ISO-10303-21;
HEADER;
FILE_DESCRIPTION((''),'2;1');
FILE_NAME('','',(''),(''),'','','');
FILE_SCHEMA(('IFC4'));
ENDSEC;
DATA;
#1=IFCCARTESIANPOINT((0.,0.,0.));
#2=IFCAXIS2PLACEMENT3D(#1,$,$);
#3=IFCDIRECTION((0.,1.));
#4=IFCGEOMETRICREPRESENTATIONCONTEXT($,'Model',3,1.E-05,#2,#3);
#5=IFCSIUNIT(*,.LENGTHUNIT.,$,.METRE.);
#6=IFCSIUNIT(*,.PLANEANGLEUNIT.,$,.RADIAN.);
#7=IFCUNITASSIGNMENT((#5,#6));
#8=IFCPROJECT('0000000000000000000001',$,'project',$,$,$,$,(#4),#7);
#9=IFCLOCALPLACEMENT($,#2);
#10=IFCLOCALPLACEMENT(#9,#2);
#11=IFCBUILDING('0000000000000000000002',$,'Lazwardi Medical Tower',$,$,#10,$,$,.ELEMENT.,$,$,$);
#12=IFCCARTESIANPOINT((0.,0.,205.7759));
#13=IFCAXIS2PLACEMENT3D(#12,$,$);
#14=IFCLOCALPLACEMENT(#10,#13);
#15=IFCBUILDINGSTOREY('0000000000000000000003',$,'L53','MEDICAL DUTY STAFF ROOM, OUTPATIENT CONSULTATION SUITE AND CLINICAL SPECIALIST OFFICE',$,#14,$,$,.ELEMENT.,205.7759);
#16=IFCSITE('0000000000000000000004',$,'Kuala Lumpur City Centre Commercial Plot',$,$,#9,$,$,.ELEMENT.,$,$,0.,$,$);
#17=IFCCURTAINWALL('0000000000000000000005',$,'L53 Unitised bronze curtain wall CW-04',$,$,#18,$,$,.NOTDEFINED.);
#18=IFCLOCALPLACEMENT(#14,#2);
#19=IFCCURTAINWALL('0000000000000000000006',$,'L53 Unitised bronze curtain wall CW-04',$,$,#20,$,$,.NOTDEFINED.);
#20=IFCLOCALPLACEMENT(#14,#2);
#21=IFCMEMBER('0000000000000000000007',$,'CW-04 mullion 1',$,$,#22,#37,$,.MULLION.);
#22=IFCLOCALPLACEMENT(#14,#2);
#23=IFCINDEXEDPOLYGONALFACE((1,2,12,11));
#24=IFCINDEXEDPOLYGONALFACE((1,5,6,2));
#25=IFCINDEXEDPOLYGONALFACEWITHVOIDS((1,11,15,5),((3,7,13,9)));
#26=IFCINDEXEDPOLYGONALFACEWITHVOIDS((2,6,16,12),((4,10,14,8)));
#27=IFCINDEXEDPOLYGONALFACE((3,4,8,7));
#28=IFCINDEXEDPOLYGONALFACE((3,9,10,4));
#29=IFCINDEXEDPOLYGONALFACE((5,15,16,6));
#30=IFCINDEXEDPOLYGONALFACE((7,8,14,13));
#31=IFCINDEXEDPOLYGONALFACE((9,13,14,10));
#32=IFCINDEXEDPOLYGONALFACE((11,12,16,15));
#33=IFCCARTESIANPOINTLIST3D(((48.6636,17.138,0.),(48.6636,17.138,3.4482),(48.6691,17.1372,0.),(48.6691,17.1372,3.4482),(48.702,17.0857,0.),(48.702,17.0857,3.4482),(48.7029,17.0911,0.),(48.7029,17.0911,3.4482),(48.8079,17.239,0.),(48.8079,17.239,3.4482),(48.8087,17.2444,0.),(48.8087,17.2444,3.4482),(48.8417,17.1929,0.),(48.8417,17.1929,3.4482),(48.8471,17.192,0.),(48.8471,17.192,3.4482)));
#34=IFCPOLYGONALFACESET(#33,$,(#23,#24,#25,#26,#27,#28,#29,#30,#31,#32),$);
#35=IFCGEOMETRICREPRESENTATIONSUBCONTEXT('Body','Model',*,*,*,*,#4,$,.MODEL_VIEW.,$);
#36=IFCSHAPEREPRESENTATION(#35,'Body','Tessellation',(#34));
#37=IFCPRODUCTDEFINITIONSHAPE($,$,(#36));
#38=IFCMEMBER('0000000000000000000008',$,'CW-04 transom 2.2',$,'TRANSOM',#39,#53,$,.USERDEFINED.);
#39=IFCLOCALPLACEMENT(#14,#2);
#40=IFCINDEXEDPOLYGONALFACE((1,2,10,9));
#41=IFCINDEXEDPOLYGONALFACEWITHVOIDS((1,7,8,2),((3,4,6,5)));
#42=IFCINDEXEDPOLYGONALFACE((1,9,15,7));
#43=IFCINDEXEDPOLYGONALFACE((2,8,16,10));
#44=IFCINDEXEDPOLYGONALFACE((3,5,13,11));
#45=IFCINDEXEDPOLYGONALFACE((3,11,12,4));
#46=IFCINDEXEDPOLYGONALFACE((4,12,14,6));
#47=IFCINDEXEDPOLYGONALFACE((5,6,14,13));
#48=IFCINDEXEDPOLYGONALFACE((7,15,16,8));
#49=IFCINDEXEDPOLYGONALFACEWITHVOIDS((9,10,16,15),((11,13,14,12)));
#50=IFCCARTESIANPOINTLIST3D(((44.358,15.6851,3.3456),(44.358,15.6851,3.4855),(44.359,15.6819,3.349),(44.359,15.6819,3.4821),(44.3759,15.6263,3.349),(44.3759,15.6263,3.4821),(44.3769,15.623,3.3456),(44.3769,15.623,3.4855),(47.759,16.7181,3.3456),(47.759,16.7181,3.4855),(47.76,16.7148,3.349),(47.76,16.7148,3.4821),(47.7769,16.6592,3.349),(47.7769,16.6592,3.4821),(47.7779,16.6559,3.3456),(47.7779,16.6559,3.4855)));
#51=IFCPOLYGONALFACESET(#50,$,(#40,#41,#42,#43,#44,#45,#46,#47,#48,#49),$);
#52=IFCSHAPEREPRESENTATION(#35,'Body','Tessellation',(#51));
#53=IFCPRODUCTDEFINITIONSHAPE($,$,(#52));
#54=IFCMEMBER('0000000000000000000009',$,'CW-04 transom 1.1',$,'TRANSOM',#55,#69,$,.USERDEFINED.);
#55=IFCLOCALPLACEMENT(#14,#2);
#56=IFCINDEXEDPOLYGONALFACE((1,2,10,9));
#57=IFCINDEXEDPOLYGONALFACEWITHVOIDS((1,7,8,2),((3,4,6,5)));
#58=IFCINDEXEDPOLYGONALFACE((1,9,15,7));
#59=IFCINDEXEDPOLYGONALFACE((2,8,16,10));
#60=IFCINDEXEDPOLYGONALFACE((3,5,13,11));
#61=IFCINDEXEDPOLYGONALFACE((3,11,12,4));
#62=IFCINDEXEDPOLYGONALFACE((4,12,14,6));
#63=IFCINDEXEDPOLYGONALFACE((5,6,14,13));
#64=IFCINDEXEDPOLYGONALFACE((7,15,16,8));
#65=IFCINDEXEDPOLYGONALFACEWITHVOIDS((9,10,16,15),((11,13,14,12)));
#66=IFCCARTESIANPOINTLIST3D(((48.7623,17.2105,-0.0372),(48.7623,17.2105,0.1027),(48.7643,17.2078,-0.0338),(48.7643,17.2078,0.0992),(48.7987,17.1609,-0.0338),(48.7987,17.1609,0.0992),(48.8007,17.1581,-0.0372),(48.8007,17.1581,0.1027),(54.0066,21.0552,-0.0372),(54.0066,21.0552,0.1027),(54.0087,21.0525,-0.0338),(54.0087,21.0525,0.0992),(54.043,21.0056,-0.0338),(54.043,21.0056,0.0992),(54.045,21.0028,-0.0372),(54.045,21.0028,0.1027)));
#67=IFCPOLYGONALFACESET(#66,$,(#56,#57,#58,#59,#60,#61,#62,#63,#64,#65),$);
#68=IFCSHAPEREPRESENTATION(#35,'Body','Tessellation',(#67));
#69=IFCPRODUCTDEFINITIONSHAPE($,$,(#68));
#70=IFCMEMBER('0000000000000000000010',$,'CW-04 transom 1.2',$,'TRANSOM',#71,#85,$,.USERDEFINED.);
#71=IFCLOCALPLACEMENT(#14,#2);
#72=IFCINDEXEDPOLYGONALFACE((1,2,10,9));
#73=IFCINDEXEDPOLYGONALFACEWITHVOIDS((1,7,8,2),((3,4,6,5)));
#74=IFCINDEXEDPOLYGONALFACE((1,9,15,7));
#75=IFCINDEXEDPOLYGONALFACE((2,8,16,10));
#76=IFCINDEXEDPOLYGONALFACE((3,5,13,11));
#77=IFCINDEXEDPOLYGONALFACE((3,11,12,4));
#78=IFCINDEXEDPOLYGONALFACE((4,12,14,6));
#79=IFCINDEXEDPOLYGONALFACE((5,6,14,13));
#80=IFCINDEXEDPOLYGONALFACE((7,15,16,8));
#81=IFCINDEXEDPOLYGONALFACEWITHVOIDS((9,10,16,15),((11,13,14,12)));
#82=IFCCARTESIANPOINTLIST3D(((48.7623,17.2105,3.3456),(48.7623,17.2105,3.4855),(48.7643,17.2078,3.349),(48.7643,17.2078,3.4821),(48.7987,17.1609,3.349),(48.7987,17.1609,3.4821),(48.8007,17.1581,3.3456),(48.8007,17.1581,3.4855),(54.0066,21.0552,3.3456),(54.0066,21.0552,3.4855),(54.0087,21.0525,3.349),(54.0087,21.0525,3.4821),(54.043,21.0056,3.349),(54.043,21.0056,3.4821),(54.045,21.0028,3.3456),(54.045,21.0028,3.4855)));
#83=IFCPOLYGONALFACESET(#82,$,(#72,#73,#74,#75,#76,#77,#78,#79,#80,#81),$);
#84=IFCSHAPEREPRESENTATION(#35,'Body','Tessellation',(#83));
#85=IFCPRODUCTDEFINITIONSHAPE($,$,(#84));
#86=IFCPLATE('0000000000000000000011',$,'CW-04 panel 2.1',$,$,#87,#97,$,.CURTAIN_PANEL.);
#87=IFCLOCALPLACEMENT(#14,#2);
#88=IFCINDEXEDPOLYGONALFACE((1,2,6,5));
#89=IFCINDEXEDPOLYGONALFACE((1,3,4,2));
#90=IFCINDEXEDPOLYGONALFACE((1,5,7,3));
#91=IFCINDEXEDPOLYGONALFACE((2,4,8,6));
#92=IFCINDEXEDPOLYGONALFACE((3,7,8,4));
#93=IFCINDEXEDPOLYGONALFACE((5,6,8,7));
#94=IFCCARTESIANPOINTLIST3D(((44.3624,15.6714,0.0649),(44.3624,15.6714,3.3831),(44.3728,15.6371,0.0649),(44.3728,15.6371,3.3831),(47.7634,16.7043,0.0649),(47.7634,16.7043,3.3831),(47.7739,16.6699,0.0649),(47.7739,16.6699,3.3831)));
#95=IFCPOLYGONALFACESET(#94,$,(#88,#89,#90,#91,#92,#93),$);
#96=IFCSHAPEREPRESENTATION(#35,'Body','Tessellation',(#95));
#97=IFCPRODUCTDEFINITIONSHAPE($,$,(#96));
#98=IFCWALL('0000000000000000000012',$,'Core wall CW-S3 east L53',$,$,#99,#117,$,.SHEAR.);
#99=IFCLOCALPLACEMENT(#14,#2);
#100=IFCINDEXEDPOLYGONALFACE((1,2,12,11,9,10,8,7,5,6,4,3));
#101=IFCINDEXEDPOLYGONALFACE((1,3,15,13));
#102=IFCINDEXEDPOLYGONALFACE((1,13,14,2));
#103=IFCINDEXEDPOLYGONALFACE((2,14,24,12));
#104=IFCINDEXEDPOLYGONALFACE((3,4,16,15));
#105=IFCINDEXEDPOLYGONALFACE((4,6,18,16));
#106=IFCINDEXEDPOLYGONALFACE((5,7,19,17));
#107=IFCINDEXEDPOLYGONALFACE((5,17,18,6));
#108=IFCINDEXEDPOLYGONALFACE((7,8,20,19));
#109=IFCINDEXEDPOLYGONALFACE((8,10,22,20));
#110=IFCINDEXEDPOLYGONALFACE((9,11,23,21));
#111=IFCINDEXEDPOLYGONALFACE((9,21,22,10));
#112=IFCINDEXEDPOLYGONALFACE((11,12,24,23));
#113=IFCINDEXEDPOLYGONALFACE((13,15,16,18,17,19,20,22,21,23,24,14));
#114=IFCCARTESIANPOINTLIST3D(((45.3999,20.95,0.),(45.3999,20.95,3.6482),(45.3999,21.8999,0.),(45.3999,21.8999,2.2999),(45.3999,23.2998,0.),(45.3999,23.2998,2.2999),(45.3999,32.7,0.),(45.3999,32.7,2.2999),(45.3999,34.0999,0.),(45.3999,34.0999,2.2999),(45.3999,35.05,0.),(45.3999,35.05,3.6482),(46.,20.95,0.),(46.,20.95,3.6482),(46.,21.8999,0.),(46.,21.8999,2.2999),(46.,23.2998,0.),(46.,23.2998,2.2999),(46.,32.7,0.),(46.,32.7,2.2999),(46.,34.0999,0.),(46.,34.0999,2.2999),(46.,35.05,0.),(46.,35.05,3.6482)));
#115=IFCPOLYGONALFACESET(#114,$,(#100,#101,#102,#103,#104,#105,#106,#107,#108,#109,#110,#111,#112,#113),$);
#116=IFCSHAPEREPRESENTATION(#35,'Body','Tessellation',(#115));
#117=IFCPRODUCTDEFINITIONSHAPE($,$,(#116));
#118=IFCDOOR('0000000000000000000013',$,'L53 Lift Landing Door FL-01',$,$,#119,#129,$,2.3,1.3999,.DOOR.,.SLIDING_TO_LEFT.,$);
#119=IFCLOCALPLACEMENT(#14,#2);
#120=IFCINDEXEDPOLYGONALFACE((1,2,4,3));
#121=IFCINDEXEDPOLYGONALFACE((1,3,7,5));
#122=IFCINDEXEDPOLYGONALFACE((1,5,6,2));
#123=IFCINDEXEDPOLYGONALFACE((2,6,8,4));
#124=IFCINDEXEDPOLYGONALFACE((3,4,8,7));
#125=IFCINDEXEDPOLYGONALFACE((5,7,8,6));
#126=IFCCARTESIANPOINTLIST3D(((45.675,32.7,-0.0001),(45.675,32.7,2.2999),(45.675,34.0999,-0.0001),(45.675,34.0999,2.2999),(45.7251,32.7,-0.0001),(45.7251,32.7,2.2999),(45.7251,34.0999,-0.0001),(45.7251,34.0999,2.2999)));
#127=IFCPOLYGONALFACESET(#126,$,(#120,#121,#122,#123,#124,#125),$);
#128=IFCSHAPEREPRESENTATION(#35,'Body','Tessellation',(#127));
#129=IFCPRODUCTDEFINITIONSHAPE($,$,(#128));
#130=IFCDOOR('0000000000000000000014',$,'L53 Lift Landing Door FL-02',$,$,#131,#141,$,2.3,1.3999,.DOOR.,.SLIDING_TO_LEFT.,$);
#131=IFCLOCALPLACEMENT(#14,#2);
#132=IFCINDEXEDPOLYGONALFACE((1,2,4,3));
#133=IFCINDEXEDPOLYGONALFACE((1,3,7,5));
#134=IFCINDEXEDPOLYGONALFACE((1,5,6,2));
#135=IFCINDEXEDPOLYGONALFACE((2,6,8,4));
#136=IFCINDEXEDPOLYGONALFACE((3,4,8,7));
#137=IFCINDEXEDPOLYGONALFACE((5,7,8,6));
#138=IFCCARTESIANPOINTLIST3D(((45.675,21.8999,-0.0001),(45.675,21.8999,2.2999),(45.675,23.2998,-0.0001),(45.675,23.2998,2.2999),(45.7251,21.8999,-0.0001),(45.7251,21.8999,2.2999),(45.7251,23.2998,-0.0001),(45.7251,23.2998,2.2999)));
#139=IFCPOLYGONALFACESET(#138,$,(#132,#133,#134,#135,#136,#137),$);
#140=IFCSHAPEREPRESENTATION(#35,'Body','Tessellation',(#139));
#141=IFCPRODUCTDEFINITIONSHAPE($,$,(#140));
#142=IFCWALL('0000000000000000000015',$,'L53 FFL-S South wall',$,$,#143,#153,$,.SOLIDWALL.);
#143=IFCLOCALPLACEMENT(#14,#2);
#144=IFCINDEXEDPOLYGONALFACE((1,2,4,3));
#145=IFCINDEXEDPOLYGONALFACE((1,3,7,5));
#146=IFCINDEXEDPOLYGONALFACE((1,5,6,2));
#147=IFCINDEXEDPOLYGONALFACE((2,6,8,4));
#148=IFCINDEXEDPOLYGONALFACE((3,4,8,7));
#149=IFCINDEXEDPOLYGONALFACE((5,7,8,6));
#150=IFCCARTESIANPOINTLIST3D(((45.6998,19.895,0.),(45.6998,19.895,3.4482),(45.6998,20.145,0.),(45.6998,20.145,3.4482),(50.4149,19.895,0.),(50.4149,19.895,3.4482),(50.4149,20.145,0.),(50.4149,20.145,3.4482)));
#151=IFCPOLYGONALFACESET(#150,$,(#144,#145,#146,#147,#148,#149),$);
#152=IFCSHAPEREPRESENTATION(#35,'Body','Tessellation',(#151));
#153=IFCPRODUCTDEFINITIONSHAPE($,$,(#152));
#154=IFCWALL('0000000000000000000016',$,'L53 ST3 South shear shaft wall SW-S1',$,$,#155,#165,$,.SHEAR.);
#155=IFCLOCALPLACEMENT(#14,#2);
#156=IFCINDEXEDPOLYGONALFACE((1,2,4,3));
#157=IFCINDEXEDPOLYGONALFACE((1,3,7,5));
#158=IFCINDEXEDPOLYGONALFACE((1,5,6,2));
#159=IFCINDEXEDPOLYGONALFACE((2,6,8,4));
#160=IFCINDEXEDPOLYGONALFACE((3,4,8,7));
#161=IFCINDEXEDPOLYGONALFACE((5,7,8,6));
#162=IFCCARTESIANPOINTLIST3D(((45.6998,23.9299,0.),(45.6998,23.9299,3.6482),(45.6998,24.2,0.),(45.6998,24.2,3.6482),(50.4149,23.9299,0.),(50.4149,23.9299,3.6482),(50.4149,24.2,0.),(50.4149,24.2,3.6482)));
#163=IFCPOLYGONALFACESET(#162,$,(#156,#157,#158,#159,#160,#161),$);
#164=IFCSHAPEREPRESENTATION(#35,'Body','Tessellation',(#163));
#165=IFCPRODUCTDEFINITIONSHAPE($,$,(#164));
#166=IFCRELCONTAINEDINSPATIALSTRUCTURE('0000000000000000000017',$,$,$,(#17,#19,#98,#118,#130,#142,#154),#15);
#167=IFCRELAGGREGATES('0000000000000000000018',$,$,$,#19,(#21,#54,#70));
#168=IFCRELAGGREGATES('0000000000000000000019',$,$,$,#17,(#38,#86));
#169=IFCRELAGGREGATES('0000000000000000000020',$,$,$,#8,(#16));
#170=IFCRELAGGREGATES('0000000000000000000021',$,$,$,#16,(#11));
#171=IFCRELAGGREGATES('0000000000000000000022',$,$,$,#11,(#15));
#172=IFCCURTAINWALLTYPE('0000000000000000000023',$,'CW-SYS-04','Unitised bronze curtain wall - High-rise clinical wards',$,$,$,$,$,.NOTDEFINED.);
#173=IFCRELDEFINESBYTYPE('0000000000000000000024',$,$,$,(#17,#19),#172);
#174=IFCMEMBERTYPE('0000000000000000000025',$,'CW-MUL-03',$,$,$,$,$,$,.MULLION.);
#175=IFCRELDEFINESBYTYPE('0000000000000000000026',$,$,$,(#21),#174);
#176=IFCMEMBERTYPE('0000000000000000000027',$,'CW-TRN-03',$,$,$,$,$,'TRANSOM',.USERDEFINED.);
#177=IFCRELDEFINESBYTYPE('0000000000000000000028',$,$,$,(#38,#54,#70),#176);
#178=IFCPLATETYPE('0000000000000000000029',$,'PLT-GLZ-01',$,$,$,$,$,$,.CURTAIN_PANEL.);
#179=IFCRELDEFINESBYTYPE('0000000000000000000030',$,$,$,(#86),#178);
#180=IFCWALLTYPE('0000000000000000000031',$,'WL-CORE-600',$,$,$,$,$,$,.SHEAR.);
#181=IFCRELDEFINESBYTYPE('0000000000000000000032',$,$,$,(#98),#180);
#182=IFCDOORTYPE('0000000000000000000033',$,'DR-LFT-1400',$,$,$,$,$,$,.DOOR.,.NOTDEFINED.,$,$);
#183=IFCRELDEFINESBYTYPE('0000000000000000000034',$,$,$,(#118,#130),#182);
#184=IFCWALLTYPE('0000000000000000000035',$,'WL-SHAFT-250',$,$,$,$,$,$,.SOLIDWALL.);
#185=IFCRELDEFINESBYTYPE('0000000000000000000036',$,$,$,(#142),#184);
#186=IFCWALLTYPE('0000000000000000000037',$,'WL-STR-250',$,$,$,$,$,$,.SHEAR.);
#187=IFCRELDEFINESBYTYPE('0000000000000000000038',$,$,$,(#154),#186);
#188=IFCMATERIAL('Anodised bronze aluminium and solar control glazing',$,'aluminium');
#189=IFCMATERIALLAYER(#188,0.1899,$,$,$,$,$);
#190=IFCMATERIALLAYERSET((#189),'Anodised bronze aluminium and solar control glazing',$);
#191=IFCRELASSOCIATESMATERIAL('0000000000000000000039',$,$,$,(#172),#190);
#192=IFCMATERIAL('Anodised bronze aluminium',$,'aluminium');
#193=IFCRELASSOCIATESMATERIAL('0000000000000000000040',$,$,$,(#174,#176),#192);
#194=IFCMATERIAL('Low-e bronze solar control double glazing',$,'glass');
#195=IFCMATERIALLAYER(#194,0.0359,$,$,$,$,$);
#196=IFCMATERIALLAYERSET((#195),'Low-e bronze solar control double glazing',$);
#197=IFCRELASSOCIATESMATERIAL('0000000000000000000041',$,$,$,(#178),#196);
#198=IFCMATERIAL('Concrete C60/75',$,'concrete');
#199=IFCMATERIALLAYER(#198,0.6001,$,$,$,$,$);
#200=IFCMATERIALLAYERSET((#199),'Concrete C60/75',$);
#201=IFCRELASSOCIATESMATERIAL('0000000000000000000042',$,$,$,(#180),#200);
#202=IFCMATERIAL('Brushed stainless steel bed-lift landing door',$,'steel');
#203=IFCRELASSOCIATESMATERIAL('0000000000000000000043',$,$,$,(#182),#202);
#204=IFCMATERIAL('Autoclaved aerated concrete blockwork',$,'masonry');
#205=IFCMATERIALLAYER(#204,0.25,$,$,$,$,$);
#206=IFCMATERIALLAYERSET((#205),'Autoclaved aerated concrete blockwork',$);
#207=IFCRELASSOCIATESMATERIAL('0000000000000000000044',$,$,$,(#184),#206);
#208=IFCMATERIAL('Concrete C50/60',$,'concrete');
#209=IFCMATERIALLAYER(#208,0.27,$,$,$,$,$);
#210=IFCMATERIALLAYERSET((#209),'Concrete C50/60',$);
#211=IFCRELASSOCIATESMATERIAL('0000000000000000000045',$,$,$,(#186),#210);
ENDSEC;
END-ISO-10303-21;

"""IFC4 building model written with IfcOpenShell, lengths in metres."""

from ifc_helpers import new_model, si_unit, direction, frame, frame_2d, origin, origin_2d, place, context, subcontext, project, spatial, rectangle, hollow_rectangle, extrude, material, layer, layer_set, material_profile, profile_set, type_object, element, fill, aggregate, save


model = new_model("IFC4")

# Units and contexts
model_context = context("Model", 3, precision=1e-05, world=origin(), true_north=direction((0.0, 1.0)))
body_context = subcontext(model_context, "Body", "Model", "MODEL_VIEW")
ifc_project = project(units=[si_unit("LENGTHUNIT", "METRE"), si_unit("PLANEANGLEUNIT", "RADIAN")], contexts=[model_context])

# Site, building, storey
site_placement = place(None, origin())
site = spatial("IfcSite", under=ifc_project, at=site_placement, Name="Kuala Lumpur City Centre Commercial Plot", CompositionType="ELEMENT", RefElevation=0.0)
building_placement = place(site_placement, origin())
building = spatial("IfcBuilding", under=site, at=building_placement, Name="Lazwardi Medical Tower", CompositionType="ELEMENT")
storey_placement = place(building_placement, frame((0.0, 0.0, 205.7759)))
storey = spatial("IfcBuildingStorey", under=building, at=storey_placement, Name="L53", Description="MEDICAL DUTY STAFF ROOM, OUTPATIENT CONSULTATION SUITE AND CLINICAL SPECIALIST OFFICE", CompositionType="ELEMENT", Elevation=205.7759)

# Shared definitions
ifc_material_1 = material(Name="Concrete C60/75", Category="concrete")

# Curtain walls, member
ifc_material_2 = material(Name="Anodised bronze aluminium and solar control glazing", Category="aluminium")
ifc_layer_1 = layer(ifc_material_2, 0.1899)
ifc_layer_set_1 = layer_set([ifc_layer_1], Name="Anodised bronze aluminium and solar control glazing")
curtain_wall_type = type_object("IfcCurtainWallType", Name="CW-SYS-04", Description="Unitised bronze curtain wall - High-rise clinical wards", PredefinedType="NOTDEFINED", material=ifc_layer_set_1)
curtain_wall_1_placement = place(storey_placement, origin())
curtain_wall_1 = element("IfcCurtainWall", 1, at=curtain_wall_1_placement, inside=storey, type_object=curtain_wall_type, Name="L53 Unitised bronze curtain wall CW-04", PredefinedType="NOTDEFINED")
ifc_material_3 = material(Name="Anodised bronze aluminium", Category="aluminium")
ifc_material_profile_1 = material_profile(ifc_material_3, hollow_rectangle(XDim=0.0649, YDim=0.1799, WallThickness=0.0039, at=origin_2d()), Name="ALU-MULLION 180x65x4")
ifc_profile_set_1 = profile_set([ifc_material_profile_1], Name="Anodised bronze aluminium")
member_type_1 = type_object("IfcMemberType", Name="CW-MUL-03", PredefinedType="MULLION", material=ifc_profile_set_1)
curtain_wall_2_placement = place(storey_placement, origin())
curtain_wall_2 = element("IfcCurtainWall", 2, at=curtain_wall_2_placement, inside=storey, type_object=curtain_wall_type, Name="L53 Unitised bronze curtain wall CW-04", PredefinedType="NOTDEFINED")
member_1_placement = place(storey_placement, frame((48.7554, 17.165, 0.0), z_axis=(0.0, 0.0, 1.0), x_axis=(-0.591268, 0.806475, 0.0)))
member_1 = element("IfcMember", 3, at=member_1_placement, type_object=member_type_1, Name="CW-04 mullion 1", PredefinedType="MULLION", context=body_context, shape_type="SweptSolid", body=[
    extrude(hollow_rectangle(XDim=0.0649, YDim=0.1799, WallThickness=0.0039, at=origin_2d()), origin(), (0.0, 0.0, 1.0), 3.4482),
])

# Members
ifc_material_profile_2 = material_profile(ifc_material_3, hollow_rectangle(XDim=0.0649, YDim=0.1399, WallThickness=0.0034, at=origin_2d()), Name="ALU-TRANSOM 140x65x3.5")
ifc_profile_set_2 = profile_set([ifc_material_profile_2], Name="Anodised bronze aluminium")
member_type_2 = type_object("IfcMemberType", Name="CW-TRN-03", ElementType="TRANSOM", PredefinedType="USERDEFINED", material=ifc_profile_set_2)
member_2_placement = place(storey_placement, frame((44.3674, 15.6541, 3.4155), z_axis=(0.956843, 0.290604, 0.0), x_axis=(-0.290604, 0.956843, 0.0)))
member_2 = element("IfcMember", 4, at=member_2_placement, type_object=member_type_2, Name="CW-04 transom 2.2", ObjectType="TRANSOM", PredefinedType="USERDEFINED", context=body_context, shape_type="SweptSolid", body=[
    extrude(hollow_rectangle(XDim=0.0649, YDim=0.1399, WallThickness=0.0034, at=origin_2d()), origin(), (0.0, 0.0, 1.0), 3.5544),
])
member_3_placement = place(storey_placement, frame((48.7815, 17.1843, 0.0327), z_axis=(0.80649, 0.591248, 0.0), x_axis=(-0.591248, 0.80649, 0.0)))
member_3 = element("IfcMember", 5, at=member_3_placement, type_object=member_type_2, Name="CW-04 transom 1.1", ObjectType="TRANSOM", PredefinedType="USERDEFINED", context=body_context, shape_type="SweptSolid", body=[
    extrude(hollow_rectangle(XDim=0.0649, YDim=0.1399, WallThickness=0.0034, at=origin_2d()), origin(), (0.0, 0.0, 1.0), 6.5027),
])
member_4_placement = place(storey_placement, frame((48.7815, 17.1843, 3.4155), z_axis=(0.80649, 0.591248, 0.0), x_axis=(-0.591248, 0.80649, 0.0)))
member_4 = element("IfcMember", 6, at=member_4_placement, type_object=member_type_2, Name="CW-04 transom 1.2", ObjectType="TRANSOM", PredefinedType="USERDEFINED", context=body_context, shape_type="SweptSolid", body=[
    extrude(hollow_rectangle(XDim=0.0649, YDim=0.1399, WallThickness=0.0034, at=origin_2d()), origin(), (0.0, 0.0, 1.0), 6.5027),
])
aggregate(curtain_wall_2, [member_1, member_3, member_4])

# Plate
ifc_material_4 = material(Name="Low-e bronze solar control double glazing", Category="glass")
ifc_layer_2 = layer(ifc_material_4, 0.0359)
ifc_layer_set_2 = layer_set([ifc_layer_2], Name="Low-e bronze solar control double glazing")
plate_type = type_object("IfcPlateType", Name="PLT-GLZ-01", PredefinedType="CURTAIN_PANEL", material=ifc_layer_set_2)
plate_placement = place(storey_placement, frame((46.0681, 16.1707, 0.0649), z_axis=(0.0, 0.0, 1.0), x_axis=(0.95685, 0.290582, 0.0)))
plate = element("IfcPlate", 7, at=plate_placement, type_object=plate_type, Name="CW-04 panel 2.1", PredefinedType="CURTAIN_PANEL", context=body_context, shape_type="SweptSolid", body=[
    extrude(rectangle(XDim=3.5544, YDim=0.0359, at=origin_2d()), origin(), (0.0, 0.0, 1.0), 3.3181),
])
aggregate(curtain_wall_1, [member_2, plate])

# Wall, openings, doors
ifc_layer_3 = layer(ifc_material_1, 0.6001)
ifc_layer_set_3 = layer_set([ifc_layer_3], Name="Concrete C60/75")
wall_type_1 = type_object("IfcWallType", Name="WL-CORE-600", PredefinedType="SHEAR", material=ifc_layer_set_3)
wall_1_placement = place(storey_placement, frame((45.7, 20.95, 0.0), z_axis=(0.0, 0.0, 1.0), x_axis=(0.0, 1.0, 0.0)))
wall_1 = element("IfcWall", 8, at=wall_1_placement, inside=storey, type_object=wall_type_1, Name="Core wall CW-S3 east L53", PredefinedType="SHEAR", context=body_context, shape_type="SweptSolid", body=[
    extrude(rectangle(XDim=14.1001, YDim=0.6001, at=frame_2d((7.05, 0.0))), origin(), (0.0, 0.0, 1.0), 3.6482),
])
opening_1_placement = place(wall_1_placement, frame((11.75, 0.0, 0.0)))
opening_1 = element("IfcOpeningElement", 9, at=opening_1_placement, cuts=wall_1, PredefinedType="OPENING", context=body_context, shape_type="SweptSolid", body=[
    extrude(rectangle(XDim=1.3999, YDim=2.3, at=frame_2d((0.7, 1.1499))), frame((0.0, 0.3101, 0.0), z_axis=(0.0, -1.0, 0.0), x_axis=(1.0, 0.0, 0.0)), (0.0, 0.0, 1.0), 0.6201),
])
opening_2_placement = place(wall_1_placement, frame((0.95, 0.0, 0.0)))
opening_2 = element("IfcOpeningElement", 10, at=opening_2_placement, cuts=wall_1, PredefinedType="OPENING", context=body_context, shape_type="SweptSolid", body=[
    extrude(rectangle(XDim=1.3999, YDim=2.3, at=frame_2d((0.7, 1.1499))), frame((0.0, 0.3101, 0.0), z_axis=(0.0, -1.0, 0.0), x_axis=(1.0, 0.0, 0.0)), (0.0, 0.0, 1.0), 0.6201),
])
ifc_material_5 = material(Name="Brushed stainless steel bed-lift landing door", Category="steel")
door_type = type_object("IfcDoorType", Name="DR-LFT-1400", OperationType="NOTDEFINED", PredefinedType="DOOR", material=ifc_material_5)
door_1_placement = place(opening_1_placement, origin())
door_1 = element("IfcDoor", 11, at=door_1_placement, inside=storey, type_object=door_type, Name="L53 Lift Landing Door FL-01", OperationType="SLIDING_TO_LEFT", OverallHeight=2.3, OverallWidth=1.3999, PredefinedType="DOOR", context=body_context, shape_type="SweptSolid", body=[
    extrude(rectangle(XDim=1.3999, YDim=2.3, at=frame_2d((0.7, 1.1499))), frame((0.0, 0.0249, 0.0), z_axis=(0.0, -1.0, 0.0), x_axis=(1.0, 0.0, 0.0)), (0.0, 0.0, 1.0), 0.05),
])
fill(opening_1, door_1)
door_2_placement = place(opening_2_placement, origin())
door_2 = element("IfcDoor", 12, at=door_2_placement, inside=storey, type_object=door_type, Name="L53 Lift Landing Door FL-02", OperationType="SLIDING_TO_LEFT", OverallHeight=2.3, OverallWidth=1.3999, PredefinedType="DOOR", context=body_context, shape_type="SweptSolid", body=[
    extrude(rectangle(XDim=1.3999, YDim=2.3, at=frame_2d((0.7, 1.1499))), frame((0.0, 0.0249, 0.0), z_axis=(0.0, -1.0, 0.0), x_axis=(1.0, 0.0, 0.0)), (0.0, 0.0, 1.0), 0.05),
])
fill(opening_2, door_2)

# Walls
ifc_material_6 = material(Name="Autoclaved aerated concrete blockwork", Category="masonry")
ifc_layer_4 = layer(ifc_material_6, 0.25)
ifc_layer_set_4 = layer_set([ifc_layer_4], Name="Autoclaved aerated concrete blockwork")
wall_type_2 = type_object("IfcWallType", Name="WL-SHAFT-250", PredefinedType="SOLIDWALL", material=ifc_layer_set_4)
wall_2_placement = place(storey_placement, frame((45.7, 20.02, 0.0), z_axis=(0.0, 0.0, 1.0), x_axis=(1.0, 0.0, 0.0)))
element("IfcWall", 13, at=wall_2_placement, inside=storey, type_object=wall_type_2, Name="L53 FFL-S South wall", PredefinedType="SOLIDWALL", context=body_context, shape_type="SweptSolid", body=[
    extrude(rectangle(XDim=4.7151, YDim=0.25, at=frame_2d((2.3574, 0.0))), origin(), (0.0, 0.0, 1.0), 3.4482),
])
ifc_material_7 = material(Name="Concrete C50/60", Category="concrete")
ifc_layer_5 = layer(ifc_material_7, 0.27)
ifc_layer_set_5 = layer_set([ifc_layer_5], Name="Concrete C50/60")
wall_type_3 = type_object("IfcWallType", Name="WL-STR-250", PredefinedType="SHEAR", material=ifc_layer_set_5)
wall_3_placement = place(storey_placement, frame((45.7, 24.0649, 0.0), z_axis=(0.0, 0.0, 1.0), x_axis=(1.0, 0.0, 0.0)))
element("IfcWall", 14, at=wall_3_placement, inside=storey, type_object=wall_type_3, Name="L53 ST3 South shear shaft wall SW-S1", PredefinedType="SHEAR", context=body_context, shape_type="SweptSolid", body=[
    extrude(rectangle(XDim=4.7151, YDim=0.27, at=frame_2d((2.3574, 0.0))), origin(), (0.0, 0.0, 1.0), 3.6482),
])

save(model, "model.ifc")
